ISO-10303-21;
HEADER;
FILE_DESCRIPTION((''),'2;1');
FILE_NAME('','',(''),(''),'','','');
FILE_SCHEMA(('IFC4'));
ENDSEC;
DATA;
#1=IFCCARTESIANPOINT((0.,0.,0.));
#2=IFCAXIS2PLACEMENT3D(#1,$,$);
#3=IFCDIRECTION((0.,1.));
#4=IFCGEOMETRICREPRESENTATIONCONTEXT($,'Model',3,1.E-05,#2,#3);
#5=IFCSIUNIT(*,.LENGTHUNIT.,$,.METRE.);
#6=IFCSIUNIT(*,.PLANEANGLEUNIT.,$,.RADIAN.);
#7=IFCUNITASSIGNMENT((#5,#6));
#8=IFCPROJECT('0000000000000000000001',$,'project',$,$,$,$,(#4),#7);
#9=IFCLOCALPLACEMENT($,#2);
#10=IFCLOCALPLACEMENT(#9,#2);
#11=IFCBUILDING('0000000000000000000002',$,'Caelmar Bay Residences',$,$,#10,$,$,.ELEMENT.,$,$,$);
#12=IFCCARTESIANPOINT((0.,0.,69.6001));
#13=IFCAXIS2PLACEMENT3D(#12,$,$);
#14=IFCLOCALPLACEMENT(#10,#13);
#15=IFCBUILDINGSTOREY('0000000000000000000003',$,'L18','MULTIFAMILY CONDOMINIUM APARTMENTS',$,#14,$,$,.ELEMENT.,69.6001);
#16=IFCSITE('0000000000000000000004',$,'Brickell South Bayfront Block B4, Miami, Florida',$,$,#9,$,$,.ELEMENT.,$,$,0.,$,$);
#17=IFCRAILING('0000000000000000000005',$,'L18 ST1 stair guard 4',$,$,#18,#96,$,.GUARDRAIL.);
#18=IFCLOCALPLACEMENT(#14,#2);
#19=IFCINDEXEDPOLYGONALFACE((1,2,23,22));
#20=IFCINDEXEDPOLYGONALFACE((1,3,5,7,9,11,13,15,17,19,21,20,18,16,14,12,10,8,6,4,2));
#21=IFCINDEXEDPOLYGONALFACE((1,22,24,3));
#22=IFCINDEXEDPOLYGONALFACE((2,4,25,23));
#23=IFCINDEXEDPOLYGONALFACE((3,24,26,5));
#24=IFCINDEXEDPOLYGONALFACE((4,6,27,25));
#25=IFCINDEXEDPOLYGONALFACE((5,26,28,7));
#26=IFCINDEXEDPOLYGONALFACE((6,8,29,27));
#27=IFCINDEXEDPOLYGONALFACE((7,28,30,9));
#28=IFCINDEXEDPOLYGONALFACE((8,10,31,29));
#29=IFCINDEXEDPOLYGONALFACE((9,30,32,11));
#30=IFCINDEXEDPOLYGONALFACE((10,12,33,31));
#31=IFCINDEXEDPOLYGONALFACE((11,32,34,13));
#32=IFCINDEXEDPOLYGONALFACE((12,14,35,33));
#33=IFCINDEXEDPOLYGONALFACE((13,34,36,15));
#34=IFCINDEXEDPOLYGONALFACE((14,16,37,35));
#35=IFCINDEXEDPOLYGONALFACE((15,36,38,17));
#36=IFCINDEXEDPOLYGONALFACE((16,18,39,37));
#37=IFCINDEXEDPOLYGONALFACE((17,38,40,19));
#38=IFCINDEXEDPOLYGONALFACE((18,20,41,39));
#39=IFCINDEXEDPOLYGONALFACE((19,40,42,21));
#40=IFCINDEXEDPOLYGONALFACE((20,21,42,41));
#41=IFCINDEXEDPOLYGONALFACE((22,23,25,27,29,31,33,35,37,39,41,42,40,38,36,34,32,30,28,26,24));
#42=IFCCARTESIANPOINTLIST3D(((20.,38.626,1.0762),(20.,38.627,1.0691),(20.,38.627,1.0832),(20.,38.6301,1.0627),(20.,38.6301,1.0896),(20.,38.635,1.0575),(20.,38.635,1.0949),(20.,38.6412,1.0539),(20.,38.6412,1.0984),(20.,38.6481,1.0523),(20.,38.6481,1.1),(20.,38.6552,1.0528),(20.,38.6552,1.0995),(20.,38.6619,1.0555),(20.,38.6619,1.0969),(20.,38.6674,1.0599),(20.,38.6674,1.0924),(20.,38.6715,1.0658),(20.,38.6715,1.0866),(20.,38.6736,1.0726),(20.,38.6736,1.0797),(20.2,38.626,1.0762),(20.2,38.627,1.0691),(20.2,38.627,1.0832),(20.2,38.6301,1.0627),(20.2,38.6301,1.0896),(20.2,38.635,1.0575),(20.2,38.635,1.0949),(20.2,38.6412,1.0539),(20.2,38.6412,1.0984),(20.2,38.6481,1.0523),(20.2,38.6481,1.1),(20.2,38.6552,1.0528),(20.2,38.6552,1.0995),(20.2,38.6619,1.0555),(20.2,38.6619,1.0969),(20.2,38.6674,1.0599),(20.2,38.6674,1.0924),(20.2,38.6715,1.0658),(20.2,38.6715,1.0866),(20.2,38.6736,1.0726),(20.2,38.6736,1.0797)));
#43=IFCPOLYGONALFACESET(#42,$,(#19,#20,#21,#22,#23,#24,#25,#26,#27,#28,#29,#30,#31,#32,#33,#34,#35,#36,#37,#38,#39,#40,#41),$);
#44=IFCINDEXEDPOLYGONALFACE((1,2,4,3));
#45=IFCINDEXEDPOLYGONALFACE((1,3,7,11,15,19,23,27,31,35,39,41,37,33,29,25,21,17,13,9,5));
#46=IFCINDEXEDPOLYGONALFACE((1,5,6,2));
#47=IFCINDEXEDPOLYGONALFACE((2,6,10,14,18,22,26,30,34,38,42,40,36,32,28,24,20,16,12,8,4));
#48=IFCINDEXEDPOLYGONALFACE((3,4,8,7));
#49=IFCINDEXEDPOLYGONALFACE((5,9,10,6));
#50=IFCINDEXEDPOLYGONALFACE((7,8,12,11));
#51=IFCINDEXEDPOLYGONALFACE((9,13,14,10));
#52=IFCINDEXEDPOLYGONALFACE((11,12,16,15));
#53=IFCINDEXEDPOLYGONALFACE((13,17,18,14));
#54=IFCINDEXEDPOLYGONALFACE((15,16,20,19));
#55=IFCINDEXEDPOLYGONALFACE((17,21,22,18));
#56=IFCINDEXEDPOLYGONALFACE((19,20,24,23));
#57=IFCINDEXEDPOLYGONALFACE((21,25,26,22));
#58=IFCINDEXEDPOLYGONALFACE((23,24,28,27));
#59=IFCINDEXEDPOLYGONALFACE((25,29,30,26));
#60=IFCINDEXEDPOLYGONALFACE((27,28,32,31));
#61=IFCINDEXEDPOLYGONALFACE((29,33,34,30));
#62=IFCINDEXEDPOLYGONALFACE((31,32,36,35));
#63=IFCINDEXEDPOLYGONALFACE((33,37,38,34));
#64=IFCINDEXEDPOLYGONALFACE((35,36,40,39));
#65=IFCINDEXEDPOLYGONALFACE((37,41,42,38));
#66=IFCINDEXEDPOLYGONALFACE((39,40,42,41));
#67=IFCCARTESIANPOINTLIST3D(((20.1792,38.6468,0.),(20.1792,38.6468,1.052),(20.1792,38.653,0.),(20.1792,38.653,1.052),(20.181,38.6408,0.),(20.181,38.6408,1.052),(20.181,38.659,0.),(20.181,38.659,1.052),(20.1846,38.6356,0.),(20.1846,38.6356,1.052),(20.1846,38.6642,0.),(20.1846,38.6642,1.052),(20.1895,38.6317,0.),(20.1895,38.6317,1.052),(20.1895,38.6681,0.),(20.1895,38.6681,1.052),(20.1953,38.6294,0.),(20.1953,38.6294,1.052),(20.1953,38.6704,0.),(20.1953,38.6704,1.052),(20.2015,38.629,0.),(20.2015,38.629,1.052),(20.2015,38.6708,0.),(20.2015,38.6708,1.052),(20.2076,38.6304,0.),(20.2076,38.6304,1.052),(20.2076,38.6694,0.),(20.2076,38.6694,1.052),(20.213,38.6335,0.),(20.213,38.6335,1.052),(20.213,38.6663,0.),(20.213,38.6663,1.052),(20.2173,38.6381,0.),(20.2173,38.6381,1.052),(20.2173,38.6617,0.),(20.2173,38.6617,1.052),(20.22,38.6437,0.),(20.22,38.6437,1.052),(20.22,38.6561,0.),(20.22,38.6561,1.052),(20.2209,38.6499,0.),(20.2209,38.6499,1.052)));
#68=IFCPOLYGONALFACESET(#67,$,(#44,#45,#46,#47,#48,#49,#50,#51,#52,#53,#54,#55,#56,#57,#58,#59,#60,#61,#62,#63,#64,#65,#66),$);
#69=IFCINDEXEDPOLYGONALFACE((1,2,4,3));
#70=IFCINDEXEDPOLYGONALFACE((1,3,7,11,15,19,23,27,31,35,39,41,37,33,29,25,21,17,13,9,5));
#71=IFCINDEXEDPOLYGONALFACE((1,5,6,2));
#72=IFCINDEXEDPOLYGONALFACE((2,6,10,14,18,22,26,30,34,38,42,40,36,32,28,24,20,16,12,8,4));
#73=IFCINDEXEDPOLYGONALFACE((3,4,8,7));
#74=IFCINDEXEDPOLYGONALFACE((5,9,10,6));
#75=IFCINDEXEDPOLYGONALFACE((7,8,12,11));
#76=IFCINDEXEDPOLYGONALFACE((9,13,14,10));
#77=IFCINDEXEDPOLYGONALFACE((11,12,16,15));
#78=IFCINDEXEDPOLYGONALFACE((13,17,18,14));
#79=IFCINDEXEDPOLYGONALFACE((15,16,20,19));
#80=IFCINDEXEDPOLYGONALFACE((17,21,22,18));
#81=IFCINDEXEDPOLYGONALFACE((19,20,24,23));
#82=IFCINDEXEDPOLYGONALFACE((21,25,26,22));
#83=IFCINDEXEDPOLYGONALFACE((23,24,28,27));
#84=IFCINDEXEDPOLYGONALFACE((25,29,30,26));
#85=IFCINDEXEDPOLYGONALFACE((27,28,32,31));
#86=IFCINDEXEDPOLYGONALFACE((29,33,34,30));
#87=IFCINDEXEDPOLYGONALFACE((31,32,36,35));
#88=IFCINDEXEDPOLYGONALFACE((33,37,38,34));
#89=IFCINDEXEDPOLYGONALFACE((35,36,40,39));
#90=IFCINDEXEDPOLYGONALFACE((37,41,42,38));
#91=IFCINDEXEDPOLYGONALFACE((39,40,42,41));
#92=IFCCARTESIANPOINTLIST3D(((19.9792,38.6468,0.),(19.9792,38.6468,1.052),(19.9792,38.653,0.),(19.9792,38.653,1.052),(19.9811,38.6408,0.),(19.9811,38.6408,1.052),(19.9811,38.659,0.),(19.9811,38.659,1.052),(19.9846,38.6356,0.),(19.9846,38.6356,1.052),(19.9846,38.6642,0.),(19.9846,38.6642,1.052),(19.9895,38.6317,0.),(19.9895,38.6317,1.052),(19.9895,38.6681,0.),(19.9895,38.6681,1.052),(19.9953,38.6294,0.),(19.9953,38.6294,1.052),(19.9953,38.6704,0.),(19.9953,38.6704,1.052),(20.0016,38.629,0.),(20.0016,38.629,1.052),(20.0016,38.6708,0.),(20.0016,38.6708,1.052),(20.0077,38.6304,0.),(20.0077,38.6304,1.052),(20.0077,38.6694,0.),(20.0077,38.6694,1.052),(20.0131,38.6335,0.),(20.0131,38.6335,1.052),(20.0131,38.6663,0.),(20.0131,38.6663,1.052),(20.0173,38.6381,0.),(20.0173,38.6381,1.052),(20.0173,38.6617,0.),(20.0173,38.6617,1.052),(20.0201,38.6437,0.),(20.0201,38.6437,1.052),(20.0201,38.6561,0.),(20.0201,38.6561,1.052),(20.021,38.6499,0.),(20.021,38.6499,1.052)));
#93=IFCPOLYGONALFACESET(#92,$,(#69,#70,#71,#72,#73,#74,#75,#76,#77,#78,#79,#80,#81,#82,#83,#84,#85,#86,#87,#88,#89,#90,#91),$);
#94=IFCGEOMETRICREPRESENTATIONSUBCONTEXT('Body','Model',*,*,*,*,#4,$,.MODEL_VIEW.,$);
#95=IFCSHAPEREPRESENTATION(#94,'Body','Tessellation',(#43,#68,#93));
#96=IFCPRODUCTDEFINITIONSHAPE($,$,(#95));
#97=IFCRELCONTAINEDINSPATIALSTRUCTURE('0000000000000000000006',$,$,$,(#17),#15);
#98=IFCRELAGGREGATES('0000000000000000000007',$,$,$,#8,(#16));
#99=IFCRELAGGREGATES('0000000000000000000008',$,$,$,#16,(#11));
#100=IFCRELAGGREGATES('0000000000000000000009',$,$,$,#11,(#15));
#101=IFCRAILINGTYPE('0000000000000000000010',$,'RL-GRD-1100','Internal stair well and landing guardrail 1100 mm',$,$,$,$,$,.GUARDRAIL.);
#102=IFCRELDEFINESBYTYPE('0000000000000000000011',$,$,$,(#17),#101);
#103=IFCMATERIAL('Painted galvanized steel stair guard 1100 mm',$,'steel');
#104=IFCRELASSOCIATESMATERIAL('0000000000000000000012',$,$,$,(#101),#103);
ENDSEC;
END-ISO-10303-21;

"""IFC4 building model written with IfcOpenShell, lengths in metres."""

from ifc_helpers import new_model, si_unit, direction, frame, origin, origin_2d, place, context, subcontext, project, spatial, circle, extrude, material, type_object, element, save


model = new_model("IFC4")

# Units and contexts
model_context = context("Model", 3, precision=1e-05, world=origin(), true_north=direction((0.0, 1.0)))
body_context = subcontext(model_context, "Body", "Model", "MODEL_VIEW")
ifc_project = project(units=[si_unit("LENGTHUNIT", "METRE"), si_unit("PLANEANGLEUNIT", "RADIAN")], contexts=[model_context])

# Site, building, storey
site_placement = place(None, origin())
site = spatial("IfcSite", under=ifc_project, at=site_placement, Name="Brickell South Bayfront Block B4, Miami, Florida", CompositionType="ELEMENT", RefElevation=0.0)
building_placement = place(site_placement, origin())
building = spatial("IfcBuilding", under=site, at=building_placement, Name="Caelmar Bay Residences", CompositionType="ELEMENT")
storey_placement = place(building_placement, frame((0.0, 0.0, 69.6001)))
storey = spatial("IfcBuildingStorey", under=building, at=storey_placement, Name="L18", Description="MULTIFAMILY CONDOMINIUM APARTMENTS", CompositionType="ELEMENT", Elevation=69.6001)

# Railing
ifc_material_1 = material(Name="Painted galvanized steel stair guard 1100 mm", Category="steel")
railing_type_1 = type_object("IfcRailingType", Name="RL-GRD-1100", Description="Internal stair well and landing guardrail 1100 mm", PredefinedType="GUARDRAIL", material=ifc_material_1)
railing_1_placement = place(storey_placement, frame((20.2, 38.6499, 0.0)))
element("IfcRailing", 1, at=railing_1_placement, inside=storey, type_object=railing_type_1, Name="L18 ST1 stair guard 4", PredefinedType="GUARDRAIL", context=body_context, shape_type="SweptSolid", body=[
    extrude(circle(Radius=0.0239, at=origin_2d()), frame((0.0, 0.0, 1.0762), z_axis=(-1.0, 0.0, 0.0), x_axis=(0.0, -1.0, 0.0)), (0.0, 0.0, 1.0), 0.2),
    extrude(circle(Radius=0.021, at=origin_2d()), origin(), (0.0, 0.0, 1.0), 1.052),
    extrude(circle(Radius=0.021, at=origin_2d()), frame((-0.2, 0.0, 0.0)), (0.0, 0.0, 1.0), 1.052),
])

save(model, "model.ifc")
